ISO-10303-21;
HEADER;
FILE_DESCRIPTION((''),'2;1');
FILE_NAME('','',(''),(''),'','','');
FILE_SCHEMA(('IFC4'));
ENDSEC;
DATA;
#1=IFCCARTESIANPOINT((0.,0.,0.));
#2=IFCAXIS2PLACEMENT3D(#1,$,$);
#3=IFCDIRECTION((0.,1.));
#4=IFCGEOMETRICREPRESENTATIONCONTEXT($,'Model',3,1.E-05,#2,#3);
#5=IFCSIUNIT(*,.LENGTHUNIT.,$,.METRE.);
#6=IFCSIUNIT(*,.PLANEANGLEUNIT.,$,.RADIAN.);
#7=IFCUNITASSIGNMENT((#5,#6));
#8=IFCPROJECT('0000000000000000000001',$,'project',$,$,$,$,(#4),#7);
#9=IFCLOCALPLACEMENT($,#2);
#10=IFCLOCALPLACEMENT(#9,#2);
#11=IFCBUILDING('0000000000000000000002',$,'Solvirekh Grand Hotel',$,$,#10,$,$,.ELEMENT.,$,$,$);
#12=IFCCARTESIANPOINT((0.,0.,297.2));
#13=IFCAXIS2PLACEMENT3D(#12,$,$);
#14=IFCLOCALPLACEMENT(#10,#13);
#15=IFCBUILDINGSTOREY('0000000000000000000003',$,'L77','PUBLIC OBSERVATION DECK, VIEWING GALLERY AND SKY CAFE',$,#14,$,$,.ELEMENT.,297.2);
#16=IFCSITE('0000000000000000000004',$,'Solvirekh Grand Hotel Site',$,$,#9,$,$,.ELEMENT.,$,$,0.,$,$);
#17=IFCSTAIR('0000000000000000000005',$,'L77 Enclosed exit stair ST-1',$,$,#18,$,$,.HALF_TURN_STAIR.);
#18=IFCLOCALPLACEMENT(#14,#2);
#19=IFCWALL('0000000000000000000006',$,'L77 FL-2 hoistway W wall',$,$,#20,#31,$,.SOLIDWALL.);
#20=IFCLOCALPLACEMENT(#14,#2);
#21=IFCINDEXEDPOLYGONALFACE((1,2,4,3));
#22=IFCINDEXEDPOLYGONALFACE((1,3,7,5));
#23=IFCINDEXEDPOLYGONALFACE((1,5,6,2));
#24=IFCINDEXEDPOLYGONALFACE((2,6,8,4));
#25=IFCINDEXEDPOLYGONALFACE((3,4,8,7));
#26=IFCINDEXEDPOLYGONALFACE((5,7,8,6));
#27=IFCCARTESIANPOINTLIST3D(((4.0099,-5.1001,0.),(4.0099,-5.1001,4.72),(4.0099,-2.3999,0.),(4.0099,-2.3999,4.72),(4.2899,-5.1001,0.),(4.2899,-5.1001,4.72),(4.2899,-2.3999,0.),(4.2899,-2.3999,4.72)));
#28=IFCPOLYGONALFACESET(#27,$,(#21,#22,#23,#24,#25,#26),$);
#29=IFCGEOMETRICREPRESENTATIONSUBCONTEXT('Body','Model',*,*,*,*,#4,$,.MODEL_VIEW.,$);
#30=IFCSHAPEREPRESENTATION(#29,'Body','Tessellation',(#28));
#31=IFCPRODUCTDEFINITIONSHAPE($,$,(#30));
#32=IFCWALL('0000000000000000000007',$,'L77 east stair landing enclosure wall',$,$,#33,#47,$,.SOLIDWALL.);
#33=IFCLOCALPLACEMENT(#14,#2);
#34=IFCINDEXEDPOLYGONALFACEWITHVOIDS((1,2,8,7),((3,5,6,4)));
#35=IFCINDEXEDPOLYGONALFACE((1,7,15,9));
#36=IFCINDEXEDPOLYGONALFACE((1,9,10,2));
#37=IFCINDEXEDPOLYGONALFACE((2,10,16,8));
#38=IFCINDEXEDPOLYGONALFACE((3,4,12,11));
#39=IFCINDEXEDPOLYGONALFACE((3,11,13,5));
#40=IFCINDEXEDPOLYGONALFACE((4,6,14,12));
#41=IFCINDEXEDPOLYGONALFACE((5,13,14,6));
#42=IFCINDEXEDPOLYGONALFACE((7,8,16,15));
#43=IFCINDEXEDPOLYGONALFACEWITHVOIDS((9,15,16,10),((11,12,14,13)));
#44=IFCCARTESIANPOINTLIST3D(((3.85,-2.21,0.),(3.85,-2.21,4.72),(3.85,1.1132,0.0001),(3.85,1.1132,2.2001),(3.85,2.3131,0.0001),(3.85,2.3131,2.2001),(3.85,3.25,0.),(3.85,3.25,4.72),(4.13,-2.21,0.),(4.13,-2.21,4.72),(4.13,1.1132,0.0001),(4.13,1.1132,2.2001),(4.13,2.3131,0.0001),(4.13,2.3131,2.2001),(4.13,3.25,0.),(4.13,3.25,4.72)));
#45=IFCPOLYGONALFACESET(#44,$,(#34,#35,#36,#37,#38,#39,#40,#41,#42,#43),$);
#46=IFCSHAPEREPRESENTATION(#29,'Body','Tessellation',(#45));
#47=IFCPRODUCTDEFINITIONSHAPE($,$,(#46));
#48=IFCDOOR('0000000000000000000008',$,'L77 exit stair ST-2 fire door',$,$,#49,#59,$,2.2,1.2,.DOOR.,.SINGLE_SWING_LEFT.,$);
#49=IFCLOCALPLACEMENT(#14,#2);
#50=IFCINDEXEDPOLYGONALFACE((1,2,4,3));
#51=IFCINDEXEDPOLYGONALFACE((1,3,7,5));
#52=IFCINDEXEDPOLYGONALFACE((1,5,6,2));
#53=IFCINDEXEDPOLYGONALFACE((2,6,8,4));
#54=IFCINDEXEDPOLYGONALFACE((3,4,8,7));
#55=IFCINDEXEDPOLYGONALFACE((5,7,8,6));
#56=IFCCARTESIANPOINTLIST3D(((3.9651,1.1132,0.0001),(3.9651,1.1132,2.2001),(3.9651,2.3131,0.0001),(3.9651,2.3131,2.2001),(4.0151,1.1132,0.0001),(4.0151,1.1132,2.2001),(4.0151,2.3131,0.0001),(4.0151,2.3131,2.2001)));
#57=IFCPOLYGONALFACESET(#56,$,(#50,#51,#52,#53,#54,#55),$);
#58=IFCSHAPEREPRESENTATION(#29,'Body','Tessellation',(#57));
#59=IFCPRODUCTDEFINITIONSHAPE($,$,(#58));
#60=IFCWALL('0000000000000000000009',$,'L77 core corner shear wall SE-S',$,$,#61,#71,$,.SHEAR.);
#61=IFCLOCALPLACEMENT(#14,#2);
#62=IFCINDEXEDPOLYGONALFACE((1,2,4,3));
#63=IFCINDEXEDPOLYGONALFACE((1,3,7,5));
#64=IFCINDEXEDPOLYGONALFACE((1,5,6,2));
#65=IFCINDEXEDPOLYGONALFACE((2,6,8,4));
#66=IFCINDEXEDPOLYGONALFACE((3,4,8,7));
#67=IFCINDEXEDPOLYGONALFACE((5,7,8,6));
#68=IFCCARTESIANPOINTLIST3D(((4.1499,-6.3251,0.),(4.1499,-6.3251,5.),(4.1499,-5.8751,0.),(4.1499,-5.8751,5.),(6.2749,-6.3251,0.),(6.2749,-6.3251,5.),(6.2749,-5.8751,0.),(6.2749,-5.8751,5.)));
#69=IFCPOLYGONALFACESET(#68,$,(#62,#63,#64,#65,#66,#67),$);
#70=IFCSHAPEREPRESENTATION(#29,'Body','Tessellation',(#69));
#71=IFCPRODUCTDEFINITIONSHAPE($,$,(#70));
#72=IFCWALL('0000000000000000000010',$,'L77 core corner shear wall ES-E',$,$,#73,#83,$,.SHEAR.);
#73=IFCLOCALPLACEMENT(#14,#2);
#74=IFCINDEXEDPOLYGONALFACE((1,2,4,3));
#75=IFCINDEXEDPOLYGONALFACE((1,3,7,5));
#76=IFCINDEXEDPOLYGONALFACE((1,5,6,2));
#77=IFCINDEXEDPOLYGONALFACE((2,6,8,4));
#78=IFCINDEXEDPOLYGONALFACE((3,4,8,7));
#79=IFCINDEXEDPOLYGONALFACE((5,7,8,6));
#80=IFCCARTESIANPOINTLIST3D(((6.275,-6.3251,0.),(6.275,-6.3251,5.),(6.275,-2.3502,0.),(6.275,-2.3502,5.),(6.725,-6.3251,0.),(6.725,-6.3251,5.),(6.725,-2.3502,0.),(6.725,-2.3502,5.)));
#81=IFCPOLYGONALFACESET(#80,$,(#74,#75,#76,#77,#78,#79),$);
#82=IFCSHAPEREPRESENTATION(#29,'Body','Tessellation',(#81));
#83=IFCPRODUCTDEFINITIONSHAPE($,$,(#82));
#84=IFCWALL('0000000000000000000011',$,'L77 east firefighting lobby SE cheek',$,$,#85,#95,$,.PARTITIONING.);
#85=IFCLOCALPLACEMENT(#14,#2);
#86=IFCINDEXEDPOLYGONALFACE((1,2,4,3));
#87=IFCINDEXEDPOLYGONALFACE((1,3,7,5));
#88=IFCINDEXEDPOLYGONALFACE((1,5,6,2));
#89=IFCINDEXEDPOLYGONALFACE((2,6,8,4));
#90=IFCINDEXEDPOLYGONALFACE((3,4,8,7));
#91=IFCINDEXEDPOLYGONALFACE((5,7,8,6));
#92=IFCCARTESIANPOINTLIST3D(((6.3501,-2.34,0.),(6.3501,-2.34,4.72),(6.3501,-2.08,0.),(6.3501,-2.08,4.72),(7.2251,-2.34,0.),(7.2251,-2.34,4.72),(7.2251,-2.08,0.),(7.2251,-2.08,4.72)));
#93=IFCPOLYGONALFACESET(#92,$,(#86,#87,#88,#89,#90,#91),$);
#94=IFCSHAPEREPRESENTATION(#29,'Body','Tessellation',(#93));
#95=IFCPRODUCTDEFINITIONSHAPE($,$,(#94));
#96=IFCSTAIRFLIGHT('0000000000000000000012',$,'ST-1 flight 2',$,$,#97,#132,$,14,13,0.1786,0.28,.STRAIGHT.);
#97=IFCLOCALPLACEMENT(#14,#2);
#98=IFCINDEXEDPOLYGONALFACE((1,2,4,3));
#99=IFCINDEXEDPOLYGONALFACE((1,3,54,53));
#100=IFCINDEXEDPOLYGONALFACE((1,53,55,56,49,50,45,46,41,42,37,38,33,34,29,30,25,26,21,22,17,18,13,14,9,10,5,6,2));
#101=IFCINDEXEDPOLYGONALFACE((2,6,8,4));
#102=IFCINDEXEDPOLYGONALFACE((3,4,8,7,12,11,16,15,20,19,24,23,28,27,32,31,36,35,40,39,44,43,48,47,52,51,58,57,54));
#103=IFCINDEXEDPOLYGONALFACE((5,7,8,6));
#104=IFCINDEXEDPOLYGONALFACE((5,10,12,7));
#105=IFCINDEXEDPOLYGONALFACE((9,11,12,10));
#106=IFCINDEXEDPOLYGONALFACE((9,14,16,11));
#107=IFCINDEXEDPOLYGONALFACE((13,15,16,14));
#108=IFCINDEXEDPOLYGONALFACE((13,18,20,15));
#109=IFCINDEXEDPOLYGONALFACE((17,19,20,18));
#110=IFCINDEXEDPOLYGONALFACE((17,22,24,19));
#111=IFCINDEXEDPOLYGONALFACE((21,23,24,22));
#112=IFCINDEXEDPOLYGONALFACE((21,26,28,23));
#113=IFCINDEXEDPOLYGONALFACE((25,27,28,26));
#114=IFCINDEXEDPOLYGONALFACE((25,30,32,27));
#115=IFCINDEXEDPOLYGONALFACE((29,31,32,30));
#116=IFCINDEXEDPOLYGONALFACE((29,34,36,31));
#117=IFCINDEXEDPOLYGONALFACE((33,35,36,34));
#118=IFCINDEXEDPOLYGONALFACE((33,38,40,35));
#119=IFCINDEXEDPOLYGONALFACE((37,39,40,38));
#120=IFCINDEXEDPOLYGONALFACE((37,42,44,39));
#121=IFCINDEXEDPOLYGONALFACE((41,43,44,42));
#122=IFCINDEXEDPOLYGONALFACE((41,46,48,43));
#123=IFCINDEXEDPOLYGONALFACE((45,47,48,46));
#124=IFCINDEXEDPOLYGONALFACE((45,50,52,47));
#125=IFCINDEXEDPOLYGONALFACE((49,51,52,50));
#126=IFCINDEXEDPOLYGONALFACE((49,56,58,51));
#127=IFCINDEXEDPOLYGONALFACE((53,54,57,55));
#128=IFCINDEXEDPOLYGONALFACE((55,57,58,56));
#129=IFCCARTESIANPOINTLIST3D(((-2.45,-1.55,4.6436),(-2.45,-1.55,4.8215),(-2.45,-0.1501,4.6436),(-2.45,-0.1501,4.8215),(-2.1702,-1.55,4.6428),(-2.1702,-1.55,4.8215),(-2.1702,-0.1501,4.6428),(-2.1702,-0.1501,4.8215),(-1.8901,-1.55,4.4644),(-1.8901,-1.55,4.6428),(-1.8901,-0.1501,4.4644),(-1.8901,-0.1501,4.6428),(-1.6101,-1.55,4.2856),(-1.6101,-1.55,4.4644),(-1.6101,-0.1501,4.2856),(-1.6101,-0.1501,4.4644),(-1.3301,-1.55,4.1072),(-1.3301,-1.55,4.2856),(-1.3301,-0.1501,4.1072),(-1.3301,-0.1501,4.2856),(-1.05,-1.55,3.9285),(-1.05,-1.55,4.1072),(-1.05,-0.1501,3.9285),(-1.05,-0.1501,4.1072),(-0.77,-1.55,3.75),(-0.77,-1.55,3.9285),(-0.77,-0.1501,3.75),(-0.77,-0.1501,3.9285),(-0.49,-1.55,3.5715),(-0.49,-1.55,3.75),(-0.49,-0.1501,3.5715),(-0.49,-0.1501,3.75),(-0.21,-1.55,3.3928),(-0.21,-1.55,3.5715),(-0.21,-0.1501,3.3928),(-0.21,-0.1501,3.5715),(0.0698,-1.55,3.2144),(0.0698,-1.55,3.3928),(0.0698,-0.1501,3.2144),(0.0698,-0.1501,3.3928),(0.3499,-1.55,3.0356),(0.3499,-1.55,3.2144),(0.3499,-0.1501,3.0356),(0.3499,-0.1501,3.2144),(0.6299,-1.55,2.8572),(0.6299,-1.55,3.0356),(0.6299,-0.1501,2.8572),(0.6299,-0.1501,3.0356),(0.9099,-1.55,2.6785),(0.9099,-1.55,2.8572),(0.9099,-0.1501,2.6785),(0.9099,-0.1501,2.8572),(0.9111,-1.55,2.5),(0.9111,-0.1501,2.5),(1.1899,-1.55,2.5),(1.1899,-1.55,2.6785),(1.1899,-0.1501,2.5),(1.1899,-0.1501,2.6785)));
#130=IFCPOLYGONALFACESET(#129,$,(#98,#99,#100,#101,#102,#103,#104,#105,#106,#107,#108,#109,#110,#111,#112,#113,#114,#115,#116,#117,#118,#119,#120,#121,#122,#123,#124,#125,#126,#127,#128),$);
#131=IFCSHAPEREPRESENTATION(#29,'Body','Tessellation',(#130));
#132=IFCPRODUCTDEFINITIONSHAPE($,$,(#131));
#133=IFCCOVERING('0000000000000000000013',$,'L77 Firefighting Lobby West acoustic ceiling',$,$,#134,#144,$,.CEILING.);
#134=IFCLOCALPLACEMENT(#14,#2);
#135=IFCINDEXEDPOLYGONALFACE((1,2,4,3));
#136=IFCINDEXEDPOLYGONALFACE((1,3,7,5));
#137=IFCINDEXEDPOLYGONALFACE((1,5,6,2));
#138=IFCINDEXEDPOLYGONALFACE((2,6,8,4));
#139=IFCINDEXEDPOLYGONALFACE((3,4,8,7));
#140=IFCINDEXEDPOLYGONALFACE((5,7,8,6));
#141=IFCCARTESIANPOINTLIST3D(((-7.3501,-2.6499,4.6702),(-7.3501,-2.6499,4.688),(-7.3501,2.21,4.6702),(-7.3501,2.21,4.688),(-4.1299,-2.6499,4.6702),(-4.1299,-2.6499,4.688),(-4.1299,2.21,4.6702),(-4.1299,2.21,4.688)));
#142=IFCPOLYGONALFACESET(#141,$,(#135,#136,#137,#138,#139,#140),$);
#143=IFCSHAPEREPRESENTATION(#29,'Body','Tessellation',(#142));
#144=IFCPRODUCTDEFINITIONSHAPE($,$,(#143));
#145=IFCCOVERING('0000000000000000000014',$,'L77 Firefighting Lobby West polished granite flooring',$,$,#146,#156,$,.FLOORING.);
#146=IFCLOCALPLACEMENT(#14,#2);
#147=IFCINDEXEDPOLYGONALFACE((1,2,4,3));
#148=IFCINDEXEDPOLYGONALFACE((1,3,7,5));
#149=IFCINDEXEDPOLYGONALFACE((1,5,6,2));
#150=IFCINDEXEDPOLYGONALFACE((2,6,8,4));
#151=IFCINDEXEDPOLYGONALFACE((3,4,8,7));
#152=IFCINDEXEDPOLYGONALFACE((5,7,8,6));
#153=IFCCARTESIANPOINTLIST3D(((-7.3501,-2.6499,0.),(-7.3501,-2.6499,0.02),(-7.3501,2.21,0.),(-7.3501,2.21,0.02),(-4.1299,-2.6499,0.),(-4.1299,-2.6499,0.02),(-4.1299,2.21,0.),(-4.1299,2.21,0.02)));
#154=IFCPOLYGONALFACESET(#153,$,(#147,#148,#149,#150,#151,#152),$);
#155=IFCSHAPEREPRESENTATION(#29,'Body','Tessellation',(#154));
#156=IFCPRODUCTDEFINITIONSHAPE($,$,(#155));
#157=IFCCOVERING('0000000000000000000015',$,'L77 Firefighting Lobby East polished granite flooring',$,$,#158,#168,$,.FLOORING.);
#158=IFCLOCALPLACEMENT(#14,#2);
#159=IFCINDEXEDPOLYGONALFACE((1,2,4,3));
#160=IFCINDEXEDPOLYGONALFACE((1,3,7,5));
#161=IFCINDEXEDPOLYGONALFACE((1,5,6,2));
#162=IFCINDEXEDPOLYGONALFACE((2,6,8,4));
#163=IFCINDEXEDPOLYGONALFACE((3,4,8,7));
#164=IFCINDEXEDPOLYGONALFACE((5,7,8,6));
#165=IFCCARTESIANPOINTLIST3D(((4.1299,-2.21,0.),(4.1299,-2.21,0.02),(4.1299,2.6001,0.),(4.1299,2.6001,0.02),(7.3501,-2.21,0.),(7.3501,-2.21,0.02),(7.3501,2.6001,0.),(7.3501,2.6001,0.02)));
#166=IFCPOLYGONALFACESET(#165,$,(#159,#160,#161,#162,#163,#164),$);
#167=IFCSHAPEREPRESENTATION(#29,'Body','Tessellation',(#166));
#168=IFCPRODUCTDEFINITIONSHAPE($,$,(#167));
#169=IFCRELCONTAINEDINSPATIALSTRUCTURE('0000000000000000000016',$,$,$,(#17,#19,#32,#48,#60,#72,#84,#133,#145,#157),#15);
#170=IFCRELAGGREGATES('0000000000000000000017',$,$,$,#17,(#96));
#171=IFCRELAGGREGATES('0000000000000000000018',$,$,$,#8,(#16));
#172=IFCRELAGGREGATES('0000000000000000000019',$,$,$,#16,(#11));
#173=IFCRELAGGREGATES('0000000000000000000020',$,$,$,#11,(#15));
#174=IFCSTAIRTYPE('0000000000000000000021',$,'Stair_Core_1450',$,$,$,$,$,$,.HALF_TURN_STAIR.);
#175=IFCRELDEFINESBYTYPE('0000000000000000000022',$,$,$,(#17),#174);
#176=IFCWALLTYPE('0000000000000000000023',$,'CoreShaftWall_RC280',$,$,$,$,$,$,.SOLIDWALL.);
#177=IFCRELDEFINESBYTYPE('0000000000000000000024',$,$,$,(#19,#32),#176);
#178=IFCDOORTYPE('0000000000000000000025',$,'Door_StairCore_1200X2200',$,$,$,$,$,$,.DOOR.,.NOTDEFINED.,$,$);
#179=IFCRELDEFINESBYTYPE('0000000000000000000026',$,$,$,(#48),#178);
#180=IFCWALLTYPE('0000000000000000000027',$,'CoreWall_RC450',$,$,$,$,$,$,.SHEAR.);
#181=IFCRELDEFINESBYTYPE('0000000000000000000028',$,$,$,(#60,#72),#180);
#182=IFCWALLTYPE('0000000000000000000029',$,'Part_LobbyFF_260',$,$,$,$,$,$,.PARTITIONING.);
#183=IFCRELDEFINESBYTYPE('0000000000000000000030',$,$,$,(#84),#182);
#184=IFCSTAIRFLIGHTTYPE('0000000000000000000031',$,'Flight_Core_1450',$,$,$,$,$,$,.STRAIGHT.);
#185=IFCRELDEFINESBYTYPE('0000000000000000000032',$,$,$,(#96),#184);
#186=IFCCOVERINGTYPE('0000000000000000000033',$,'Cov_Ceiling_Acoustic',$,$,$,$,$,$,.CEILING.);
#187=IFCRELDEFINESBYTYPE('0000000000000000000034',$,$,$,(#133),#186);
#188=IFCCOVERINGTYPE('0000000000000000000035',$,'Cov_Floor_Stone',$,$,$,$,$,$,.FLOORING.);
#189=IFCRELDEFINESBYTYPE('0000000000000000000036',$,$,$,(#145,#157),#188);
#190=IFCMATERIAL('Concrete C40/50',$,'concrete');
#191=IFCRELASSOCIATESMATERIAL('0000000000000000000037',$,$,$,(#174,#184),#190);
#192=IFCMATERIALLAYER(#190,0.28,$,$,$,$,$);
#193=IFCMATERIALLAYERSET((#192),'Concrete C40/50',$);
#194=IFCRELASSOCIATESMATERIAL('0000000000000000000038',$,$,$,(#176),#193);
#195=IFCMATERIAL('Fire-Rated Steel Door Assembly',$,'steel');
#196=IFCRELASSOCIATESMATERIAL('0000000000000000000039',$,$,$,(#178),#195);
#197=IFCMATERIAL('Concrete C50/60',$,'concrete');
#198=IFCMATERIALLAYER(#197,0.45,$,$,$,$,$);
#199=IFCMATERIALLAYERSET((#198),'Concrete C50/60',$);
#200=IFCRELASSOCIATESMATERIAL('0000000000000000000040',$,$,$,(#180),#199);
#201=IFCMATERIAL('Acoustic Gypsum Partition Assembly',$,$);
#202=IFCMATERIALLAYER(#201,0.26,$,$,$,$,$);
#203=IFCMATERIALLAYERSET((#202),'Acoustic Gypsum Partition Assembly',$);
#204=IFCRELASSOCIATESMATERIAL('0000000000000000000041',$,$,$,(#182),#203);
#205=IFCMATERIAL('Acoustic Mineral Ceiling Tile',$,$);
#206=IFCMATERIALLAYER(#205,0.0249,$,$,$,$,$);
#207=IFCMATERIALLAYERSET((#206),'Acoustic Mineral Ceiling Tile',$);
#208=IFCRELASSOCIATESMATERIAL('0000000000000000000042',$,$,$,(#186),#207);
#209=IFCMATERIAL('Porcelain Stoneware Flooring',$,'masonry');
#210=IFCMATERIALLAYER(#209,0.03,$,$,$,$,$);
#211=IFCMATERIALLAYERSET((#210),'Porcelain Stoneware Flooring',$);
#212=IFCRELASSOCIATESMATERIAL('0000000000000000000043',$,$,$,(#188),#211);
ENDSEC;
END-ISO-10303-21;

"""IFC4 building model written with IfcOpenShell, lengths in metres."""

from ifc_helpers import new_model, si_unit, direction, frame, frame_2d, origin, place, context, subcontext, project, spatial, polyline, rectangle, outline, extrude, material, layer, layer_set, type_object, element, fill, aggregate, save


model = new_model("IFC4")

# Units and contexts
model_context = context("Model", 3, precision=1e-05, world=origin(), true_north=direction((0.0, 1.0)))
body_context = subcontext(model_context, "Body", "Model", "MODEL_VIEW")
ifc_project = project(units=[si_unit("LENGTHUNIT", "METRE"), si_unit("PLANEANGLEUNIT", "RADIAN")], contexts=[model_context])

# Site, building, storey
site_placement = place(None, origin())
site = spatial("IfcSite", under=ifc_project, at=site_placement, Name="Solvirekh Grand Hotel Site", CompositionType="ELEMENT", RefElevation=0.0)
building_placement = place(site_placement, origin())
building = spatial("IfcBuilding", under=site, at=building_placement, Name="Solvirekh Grand Hotel", CompositionType="ELEMENT")
storey_placement = place(building_placement, frame((0.0, 0.0, 297.2)))
storey = spatial("IfcBuildingStorey", under=building, at=storey_placement, Name="L77", Description="PUBLIC OBSERVATION DECK, VIEWING GALLERY AND SKY CAFE", CompositionType="ELEMENT", Elevation=297.2)

# Stair
ifc_material_1 = material(Name="Concrete C40/50", Category="concrete")
stair_type = type_object("IfcStairType", Name="Stair_Core_1450", PredefinedType="HALF_TURN_STAIR", material=ifc_material_1)
stair_1_placement = place(storey_placement, origin())
stair_1 = element("IfcStair", 1, at=stair_1_placement, inside=storey, type_object=stair_type, Name="L77 Enclosed exit stair ST-1", PredefinedType="HALF_TURN_STAIR")

# Shared definitions
ifc_layer_1 = layer(ifc_material_1, 0.28)
ifc_layer_set_1 = layer_set([ifc_layer_1], Name="Concrete C40/50")
wall_type_1 = type_object("IfcWallType", Name="CoreShaftWall_RC280", PredefinedType="SOLIDWALL", material=ifc_layer_set_1)

# Shared definitions
ifc_material_2 = material(Name="Fire-Rated Steel Door Assembly", Category="steel")

# Wall
wall_1_placement = place(storey_placement, frame((4.1499, -2.3999, 0.0), z_axis=(0.0, 0.0, 1.0), x_axis=(0.0, -1.0, 0.0)))
element("IfcWall", 2, at=wall_1_placement, inside=storey, type_object=wall_type_1, Name="L77 FL-2 hoistway W wall", PredefinedType="SOLIDWALL", context=body_context, shape_type="SweptSolid", body=[
    extrude(rectangle(XDim=2.7002, YDim=0.28, at=frame_2d((1.3501, 0.0))), origin(), (0.0, 0.0, 1.0), 4.72),
])

# Wall, opening, door
wall_2_placement = place(storey_placement, frame((3.99, -2.21, 0.0), z_axis=(0.0, 0.0, 1.0), x_axis=(0.0, 1.0, 0.0)))
wall_2 = element("IfcWall", 3, at=wall_2_placement, inside=storey, type_object=wall_type_1, Name="L77 east stair landing enclosure wall", PredefinedType="SOLIDWALL", context=body_context, shape_type="SweptSolid", body=[
    extrude(rectangle(XDim=5.46, YDim=0.28, at=frame_2d((2.73, 0.0))), origin(), (0.0, 0.0, 1.0), 4.72),
])
opening_1_placement = place(wall_2_placement, frame((3.323, 0.0, 0.0)))
opening_1 = element("IfcOpeningElement", 4, at=opening_1_placement, cuts=wall_2, PredefinedType="OPENING", context=body_context, shape_type="SweptSolid", body=[
    extrude(rectangle(XDim=1.2, YDim=2.2, at=frame_2d((0.6001, 1.1001))), frame((0.0, 0.1499, 0.0), z_axis=(0.0, -1.0, 0.0), x_axis=(1.0, 0.0, 0.0)), (0.0, 0.0, 1.0), 0.3),
])
door_type_1 = type_object("IfcDoorType", Name="Door_StairCore_1200X2200", OperationType="NOTDEFINED", PredefinedType="DOOR", material=ifc_material_2)
door_1_placement = place(opening_1_placement, origin())
door_1 = element("IfcDoor", 5, at=door_1_placement, inside=storey, type_object=door_type_1, Name="L77 exit stair ST-2 fire door", OperationType="SINGLE_SWING_LEFT", OverallHeight=2.2, OverallWidth=1.2, PredefinedType="DOOR", context=body_context, shape_type="SweptSolid", body=[
    extrude(rectangle(XDim=1.2, YDim=2.2, at=frame_2d((0.6001, 1.1001))), frame((0.0, 0.0249, 0.0), z_axis=(0.0, -1.0, 0.0), x_axis=(1.0, 0.0, 0.0)), (0.0, 0.0, 1.0), 0.05),
])
fill(opening_1, door_1)

# Walls
ifc_material_3 = material(Name="Concrete C50/60", Category="concrete")
ifc_layer_2 = layer(ifc_material_3, 0.45)
ifc_layer_set_2 = layer_set([ifc_layer_2], Name="Concrete C50/60")
wall_type_2 = type_object("IfcWallType", Name="CoreWall_RC450", PredefinedType="SHEAR", material=ifc_layer_set_2)
wall_3_placement = place(storey_placement, frame((4.1499, -6.1001, 0.0), z_axis=(0.0, 0.0, 1.0), x_axis=(1.0, 0.0, 0.0)))
element("IfcWall", 6, at=wall_3_placement, inside=storey, type_object=wall_type_2, Name="L77 core corner shear wall SE-S", PredefinedType="SHEAR", context=body_context, shape_type="SweptSolid", body=[
    extrude(rectangle(XDim=2.125, YDim=0.45, at=frame_2d((1.0625, 0.0))), origin(), (0.0, 0.0, 1.0), 5.0),
])
wall_4_placement = place(storey_placement, frame((6.5, -6.325, 0.0), z_axis=(0.0, 0.0, 1.0), x_axis=(0.0, 1.0, 0.0)))
element("IfcWall", 7, at=wall_4_placement, inside=storey, type_object=wall_type_2, Name="L77 core corner shear wall ES-E", PredefinedType="SHEAR", context=body_context, shape_type="SweptSolid", body=[
    extrude(rectangle(XDim=3.9749, YDim=0.45, at=frame_2d((1.9873, 0.0))), origin(), (0.0, 0.0, 1.0), 5.0),
])
ifc_material_4 = material(Name="Acoustic Gypsum Partition Assembly")
ifc_layer_3 = layer(ifc_material_4, 0.26)
ifc_layer_set_3 = layer_set([ifc_layer_3], Name="Acoustic Gypsum Partition Assembly")
wall_type_3 = type_object("IfcWallType", Name="Part_LobbyFF_260", PredefinedType="PARTITIONING", material=ifc_layer_set_3)
wall_5_placement = place(storey_placement, frame((6.3501, -2.21, 0.0), z_axis=(0.0, 0.0, 1.0), x_axis=(1.0, 0.0, 0.0)))
element("IfcWall", 8, at=wall_5_placement, inside=storey, type_object=wall_type_3, Name="L77 east firefighting lobby SE cheek", PredefinedType="PARTITIONING", context=body_context, shape_type="SweptSolid", body=[
    extrude(rectangle(XDim=0.875, YDim=0.26, at=frame_2d((0.4375, 0.0))), origin(), (0.0, 0.0, 1.0), 4.72),
])

# Stair flight
stair_flight_type = type_object("IfcStairFlightType", Name="Flight_Core_1450", PredefinedType="STRAIGHT", material=ifc_material_1)
stair_flight_placement = place(storey_placement, frame((1.1899, -0.8501, 2.5), z_axis=(0.0, 0.0, 1.0), x_axis=(-1.0, 0.0, 0.0)))
stair_flight = element("IfcStairFlight", 9, at=stair_flight_placement, type_object=stair_flight_type, Name="ST-1 flight 2", NumberOfRisers=14, NumberOfTreads=13, PredefinedType="STRAIGHT", RiserHeight=0.1786, TreadLength=0.28, context=body_context, shape_type="SweptSolid", body=[
    extrude(outline(polyline([(0.0, 0.0), (0.0, 0.1785), (0.28, 0.1785), (0.28, 0.3572), (0.5601, 0.3572), (0.5601, 0.5356), (0.8401, 0.5356), (0.8401, 0.7144), (1.1201, 0.7144), (1.1201, 0.8928), (1.3999, 0.8928), (1.3999, 1.0715), (1.6799, 1.0715), (1.6799, 1.25), (1.96, 1.25), (1.96, 1.4285), (2.24, 1.4285), (2.24, 1.6072), (2.52, 1.6072), (2.52, 1.7856), (2.8, 1.7856), (2.8, 1.9644), (3.0801, 1.9644), (3.0801, 2.1428), (3.3601, 2.1428), (3.3601, 2.3215), (3.6399, 2.3215), (3.6399, 2.5), (3.6399, 2.1436), (0.2788, 0.0), (0.0, 0.0)])), frame((0.0, 0.7, 0.0), z_axis=(0.0, -1.0, 0.0), x_axis=(1.0, 0.0, 0.0)), (0.0, 0.0, 1.0), 1.3999),
])
aggregate(stair_1, [stair_flight])

# Coverings
ifc_material_5 = material(Name="Acoustic Mineral Ceiling Tile")
ifc_layer_4 = layer(ifc_material_5, 0.0249)
ifc_layer_set_4 = layer_set([ifc_layer_4], Name="Acoustic Mineral Ceiling Tile")
covering_type_1 = type_object("IfcCoveringType", Name="Cov_Ceiling_Acoustic", PredefinedType="CEILING", material=ifc_layer_set_4)
covering_1_placement = place(storey_placement, frame((0.0, 0.0, 4.6702)))
element("IfcCovering", 10, at=covering_1_placement, inside=storey, type_object=covering_type_1, Name="L77 Firefighting Lobby West acoustic ceiling", PredefinedType="CEILING", context=body_context, shape_type="SweptSolid", body=[
    extrude(outline(polyline([(-7.3501, -2.6499), (-4.1299, -2.6499), (-4.1299, 2.21), (-7.3501, 2.21), (-7.3501, -2.6499)])), origin(), (0.0, 0.0, 1.0), 0.0178),
])
ifc_material_6 = material(Name="Porcelain Stoneware Flooring", Category="masonry")
ifc_layer_5 = layer(ifc_material_6, 0.03)
ifc_layer_set_5 = layer_set([ifc_layer_5], Name="Porcelain Stoneware Flooring")
covering_type_2 = type_object("IfcCoveringType", Name="Cov_Floor_Stone", PredefinedType="FLOORING", material=ifc_layer_set_5)
covering_2_placement = place(storey_placement, origin())
element("IfcCovering", 11, at=covering_2_placement, inside=storey, type_object=covering_type_2, Name="L77 Firefighting Lobby West polished granite flooring", PredefinedType="FLOORING", context=body_context, shape_type="SweptSolid", body=[
    extrude(outline(polyline([(-7.3501, -2.6499), (-4.1299, -2.6499), (-4.1299, 2.21), (-7.3501, 2.21), (-7.3501, -2.6499)])), origin(), (0.0, 0.0, 1.0), 0.02),
])
covering_3_placement = place(storey_placement, origin())
element("IfcCovering", 12, at=covering_3_placement, inside=storey, type_object=covering_type_2, Name="L77 Firefighting Lobby East polished granite flooring", PredefinedType="FLOORING", context=body_context, shape_type="SweptSolid", body=[
    extrude(outline(polyline([(4.1299, -2.21), (7.3501, -2.21), (7.3501, 2.6001), (4.1299, 2.6001), (4.1299, -2.21)])), origin(), (0.0, 0.0, 1.0), 0.02),
])

save(model, "model.ifc")
